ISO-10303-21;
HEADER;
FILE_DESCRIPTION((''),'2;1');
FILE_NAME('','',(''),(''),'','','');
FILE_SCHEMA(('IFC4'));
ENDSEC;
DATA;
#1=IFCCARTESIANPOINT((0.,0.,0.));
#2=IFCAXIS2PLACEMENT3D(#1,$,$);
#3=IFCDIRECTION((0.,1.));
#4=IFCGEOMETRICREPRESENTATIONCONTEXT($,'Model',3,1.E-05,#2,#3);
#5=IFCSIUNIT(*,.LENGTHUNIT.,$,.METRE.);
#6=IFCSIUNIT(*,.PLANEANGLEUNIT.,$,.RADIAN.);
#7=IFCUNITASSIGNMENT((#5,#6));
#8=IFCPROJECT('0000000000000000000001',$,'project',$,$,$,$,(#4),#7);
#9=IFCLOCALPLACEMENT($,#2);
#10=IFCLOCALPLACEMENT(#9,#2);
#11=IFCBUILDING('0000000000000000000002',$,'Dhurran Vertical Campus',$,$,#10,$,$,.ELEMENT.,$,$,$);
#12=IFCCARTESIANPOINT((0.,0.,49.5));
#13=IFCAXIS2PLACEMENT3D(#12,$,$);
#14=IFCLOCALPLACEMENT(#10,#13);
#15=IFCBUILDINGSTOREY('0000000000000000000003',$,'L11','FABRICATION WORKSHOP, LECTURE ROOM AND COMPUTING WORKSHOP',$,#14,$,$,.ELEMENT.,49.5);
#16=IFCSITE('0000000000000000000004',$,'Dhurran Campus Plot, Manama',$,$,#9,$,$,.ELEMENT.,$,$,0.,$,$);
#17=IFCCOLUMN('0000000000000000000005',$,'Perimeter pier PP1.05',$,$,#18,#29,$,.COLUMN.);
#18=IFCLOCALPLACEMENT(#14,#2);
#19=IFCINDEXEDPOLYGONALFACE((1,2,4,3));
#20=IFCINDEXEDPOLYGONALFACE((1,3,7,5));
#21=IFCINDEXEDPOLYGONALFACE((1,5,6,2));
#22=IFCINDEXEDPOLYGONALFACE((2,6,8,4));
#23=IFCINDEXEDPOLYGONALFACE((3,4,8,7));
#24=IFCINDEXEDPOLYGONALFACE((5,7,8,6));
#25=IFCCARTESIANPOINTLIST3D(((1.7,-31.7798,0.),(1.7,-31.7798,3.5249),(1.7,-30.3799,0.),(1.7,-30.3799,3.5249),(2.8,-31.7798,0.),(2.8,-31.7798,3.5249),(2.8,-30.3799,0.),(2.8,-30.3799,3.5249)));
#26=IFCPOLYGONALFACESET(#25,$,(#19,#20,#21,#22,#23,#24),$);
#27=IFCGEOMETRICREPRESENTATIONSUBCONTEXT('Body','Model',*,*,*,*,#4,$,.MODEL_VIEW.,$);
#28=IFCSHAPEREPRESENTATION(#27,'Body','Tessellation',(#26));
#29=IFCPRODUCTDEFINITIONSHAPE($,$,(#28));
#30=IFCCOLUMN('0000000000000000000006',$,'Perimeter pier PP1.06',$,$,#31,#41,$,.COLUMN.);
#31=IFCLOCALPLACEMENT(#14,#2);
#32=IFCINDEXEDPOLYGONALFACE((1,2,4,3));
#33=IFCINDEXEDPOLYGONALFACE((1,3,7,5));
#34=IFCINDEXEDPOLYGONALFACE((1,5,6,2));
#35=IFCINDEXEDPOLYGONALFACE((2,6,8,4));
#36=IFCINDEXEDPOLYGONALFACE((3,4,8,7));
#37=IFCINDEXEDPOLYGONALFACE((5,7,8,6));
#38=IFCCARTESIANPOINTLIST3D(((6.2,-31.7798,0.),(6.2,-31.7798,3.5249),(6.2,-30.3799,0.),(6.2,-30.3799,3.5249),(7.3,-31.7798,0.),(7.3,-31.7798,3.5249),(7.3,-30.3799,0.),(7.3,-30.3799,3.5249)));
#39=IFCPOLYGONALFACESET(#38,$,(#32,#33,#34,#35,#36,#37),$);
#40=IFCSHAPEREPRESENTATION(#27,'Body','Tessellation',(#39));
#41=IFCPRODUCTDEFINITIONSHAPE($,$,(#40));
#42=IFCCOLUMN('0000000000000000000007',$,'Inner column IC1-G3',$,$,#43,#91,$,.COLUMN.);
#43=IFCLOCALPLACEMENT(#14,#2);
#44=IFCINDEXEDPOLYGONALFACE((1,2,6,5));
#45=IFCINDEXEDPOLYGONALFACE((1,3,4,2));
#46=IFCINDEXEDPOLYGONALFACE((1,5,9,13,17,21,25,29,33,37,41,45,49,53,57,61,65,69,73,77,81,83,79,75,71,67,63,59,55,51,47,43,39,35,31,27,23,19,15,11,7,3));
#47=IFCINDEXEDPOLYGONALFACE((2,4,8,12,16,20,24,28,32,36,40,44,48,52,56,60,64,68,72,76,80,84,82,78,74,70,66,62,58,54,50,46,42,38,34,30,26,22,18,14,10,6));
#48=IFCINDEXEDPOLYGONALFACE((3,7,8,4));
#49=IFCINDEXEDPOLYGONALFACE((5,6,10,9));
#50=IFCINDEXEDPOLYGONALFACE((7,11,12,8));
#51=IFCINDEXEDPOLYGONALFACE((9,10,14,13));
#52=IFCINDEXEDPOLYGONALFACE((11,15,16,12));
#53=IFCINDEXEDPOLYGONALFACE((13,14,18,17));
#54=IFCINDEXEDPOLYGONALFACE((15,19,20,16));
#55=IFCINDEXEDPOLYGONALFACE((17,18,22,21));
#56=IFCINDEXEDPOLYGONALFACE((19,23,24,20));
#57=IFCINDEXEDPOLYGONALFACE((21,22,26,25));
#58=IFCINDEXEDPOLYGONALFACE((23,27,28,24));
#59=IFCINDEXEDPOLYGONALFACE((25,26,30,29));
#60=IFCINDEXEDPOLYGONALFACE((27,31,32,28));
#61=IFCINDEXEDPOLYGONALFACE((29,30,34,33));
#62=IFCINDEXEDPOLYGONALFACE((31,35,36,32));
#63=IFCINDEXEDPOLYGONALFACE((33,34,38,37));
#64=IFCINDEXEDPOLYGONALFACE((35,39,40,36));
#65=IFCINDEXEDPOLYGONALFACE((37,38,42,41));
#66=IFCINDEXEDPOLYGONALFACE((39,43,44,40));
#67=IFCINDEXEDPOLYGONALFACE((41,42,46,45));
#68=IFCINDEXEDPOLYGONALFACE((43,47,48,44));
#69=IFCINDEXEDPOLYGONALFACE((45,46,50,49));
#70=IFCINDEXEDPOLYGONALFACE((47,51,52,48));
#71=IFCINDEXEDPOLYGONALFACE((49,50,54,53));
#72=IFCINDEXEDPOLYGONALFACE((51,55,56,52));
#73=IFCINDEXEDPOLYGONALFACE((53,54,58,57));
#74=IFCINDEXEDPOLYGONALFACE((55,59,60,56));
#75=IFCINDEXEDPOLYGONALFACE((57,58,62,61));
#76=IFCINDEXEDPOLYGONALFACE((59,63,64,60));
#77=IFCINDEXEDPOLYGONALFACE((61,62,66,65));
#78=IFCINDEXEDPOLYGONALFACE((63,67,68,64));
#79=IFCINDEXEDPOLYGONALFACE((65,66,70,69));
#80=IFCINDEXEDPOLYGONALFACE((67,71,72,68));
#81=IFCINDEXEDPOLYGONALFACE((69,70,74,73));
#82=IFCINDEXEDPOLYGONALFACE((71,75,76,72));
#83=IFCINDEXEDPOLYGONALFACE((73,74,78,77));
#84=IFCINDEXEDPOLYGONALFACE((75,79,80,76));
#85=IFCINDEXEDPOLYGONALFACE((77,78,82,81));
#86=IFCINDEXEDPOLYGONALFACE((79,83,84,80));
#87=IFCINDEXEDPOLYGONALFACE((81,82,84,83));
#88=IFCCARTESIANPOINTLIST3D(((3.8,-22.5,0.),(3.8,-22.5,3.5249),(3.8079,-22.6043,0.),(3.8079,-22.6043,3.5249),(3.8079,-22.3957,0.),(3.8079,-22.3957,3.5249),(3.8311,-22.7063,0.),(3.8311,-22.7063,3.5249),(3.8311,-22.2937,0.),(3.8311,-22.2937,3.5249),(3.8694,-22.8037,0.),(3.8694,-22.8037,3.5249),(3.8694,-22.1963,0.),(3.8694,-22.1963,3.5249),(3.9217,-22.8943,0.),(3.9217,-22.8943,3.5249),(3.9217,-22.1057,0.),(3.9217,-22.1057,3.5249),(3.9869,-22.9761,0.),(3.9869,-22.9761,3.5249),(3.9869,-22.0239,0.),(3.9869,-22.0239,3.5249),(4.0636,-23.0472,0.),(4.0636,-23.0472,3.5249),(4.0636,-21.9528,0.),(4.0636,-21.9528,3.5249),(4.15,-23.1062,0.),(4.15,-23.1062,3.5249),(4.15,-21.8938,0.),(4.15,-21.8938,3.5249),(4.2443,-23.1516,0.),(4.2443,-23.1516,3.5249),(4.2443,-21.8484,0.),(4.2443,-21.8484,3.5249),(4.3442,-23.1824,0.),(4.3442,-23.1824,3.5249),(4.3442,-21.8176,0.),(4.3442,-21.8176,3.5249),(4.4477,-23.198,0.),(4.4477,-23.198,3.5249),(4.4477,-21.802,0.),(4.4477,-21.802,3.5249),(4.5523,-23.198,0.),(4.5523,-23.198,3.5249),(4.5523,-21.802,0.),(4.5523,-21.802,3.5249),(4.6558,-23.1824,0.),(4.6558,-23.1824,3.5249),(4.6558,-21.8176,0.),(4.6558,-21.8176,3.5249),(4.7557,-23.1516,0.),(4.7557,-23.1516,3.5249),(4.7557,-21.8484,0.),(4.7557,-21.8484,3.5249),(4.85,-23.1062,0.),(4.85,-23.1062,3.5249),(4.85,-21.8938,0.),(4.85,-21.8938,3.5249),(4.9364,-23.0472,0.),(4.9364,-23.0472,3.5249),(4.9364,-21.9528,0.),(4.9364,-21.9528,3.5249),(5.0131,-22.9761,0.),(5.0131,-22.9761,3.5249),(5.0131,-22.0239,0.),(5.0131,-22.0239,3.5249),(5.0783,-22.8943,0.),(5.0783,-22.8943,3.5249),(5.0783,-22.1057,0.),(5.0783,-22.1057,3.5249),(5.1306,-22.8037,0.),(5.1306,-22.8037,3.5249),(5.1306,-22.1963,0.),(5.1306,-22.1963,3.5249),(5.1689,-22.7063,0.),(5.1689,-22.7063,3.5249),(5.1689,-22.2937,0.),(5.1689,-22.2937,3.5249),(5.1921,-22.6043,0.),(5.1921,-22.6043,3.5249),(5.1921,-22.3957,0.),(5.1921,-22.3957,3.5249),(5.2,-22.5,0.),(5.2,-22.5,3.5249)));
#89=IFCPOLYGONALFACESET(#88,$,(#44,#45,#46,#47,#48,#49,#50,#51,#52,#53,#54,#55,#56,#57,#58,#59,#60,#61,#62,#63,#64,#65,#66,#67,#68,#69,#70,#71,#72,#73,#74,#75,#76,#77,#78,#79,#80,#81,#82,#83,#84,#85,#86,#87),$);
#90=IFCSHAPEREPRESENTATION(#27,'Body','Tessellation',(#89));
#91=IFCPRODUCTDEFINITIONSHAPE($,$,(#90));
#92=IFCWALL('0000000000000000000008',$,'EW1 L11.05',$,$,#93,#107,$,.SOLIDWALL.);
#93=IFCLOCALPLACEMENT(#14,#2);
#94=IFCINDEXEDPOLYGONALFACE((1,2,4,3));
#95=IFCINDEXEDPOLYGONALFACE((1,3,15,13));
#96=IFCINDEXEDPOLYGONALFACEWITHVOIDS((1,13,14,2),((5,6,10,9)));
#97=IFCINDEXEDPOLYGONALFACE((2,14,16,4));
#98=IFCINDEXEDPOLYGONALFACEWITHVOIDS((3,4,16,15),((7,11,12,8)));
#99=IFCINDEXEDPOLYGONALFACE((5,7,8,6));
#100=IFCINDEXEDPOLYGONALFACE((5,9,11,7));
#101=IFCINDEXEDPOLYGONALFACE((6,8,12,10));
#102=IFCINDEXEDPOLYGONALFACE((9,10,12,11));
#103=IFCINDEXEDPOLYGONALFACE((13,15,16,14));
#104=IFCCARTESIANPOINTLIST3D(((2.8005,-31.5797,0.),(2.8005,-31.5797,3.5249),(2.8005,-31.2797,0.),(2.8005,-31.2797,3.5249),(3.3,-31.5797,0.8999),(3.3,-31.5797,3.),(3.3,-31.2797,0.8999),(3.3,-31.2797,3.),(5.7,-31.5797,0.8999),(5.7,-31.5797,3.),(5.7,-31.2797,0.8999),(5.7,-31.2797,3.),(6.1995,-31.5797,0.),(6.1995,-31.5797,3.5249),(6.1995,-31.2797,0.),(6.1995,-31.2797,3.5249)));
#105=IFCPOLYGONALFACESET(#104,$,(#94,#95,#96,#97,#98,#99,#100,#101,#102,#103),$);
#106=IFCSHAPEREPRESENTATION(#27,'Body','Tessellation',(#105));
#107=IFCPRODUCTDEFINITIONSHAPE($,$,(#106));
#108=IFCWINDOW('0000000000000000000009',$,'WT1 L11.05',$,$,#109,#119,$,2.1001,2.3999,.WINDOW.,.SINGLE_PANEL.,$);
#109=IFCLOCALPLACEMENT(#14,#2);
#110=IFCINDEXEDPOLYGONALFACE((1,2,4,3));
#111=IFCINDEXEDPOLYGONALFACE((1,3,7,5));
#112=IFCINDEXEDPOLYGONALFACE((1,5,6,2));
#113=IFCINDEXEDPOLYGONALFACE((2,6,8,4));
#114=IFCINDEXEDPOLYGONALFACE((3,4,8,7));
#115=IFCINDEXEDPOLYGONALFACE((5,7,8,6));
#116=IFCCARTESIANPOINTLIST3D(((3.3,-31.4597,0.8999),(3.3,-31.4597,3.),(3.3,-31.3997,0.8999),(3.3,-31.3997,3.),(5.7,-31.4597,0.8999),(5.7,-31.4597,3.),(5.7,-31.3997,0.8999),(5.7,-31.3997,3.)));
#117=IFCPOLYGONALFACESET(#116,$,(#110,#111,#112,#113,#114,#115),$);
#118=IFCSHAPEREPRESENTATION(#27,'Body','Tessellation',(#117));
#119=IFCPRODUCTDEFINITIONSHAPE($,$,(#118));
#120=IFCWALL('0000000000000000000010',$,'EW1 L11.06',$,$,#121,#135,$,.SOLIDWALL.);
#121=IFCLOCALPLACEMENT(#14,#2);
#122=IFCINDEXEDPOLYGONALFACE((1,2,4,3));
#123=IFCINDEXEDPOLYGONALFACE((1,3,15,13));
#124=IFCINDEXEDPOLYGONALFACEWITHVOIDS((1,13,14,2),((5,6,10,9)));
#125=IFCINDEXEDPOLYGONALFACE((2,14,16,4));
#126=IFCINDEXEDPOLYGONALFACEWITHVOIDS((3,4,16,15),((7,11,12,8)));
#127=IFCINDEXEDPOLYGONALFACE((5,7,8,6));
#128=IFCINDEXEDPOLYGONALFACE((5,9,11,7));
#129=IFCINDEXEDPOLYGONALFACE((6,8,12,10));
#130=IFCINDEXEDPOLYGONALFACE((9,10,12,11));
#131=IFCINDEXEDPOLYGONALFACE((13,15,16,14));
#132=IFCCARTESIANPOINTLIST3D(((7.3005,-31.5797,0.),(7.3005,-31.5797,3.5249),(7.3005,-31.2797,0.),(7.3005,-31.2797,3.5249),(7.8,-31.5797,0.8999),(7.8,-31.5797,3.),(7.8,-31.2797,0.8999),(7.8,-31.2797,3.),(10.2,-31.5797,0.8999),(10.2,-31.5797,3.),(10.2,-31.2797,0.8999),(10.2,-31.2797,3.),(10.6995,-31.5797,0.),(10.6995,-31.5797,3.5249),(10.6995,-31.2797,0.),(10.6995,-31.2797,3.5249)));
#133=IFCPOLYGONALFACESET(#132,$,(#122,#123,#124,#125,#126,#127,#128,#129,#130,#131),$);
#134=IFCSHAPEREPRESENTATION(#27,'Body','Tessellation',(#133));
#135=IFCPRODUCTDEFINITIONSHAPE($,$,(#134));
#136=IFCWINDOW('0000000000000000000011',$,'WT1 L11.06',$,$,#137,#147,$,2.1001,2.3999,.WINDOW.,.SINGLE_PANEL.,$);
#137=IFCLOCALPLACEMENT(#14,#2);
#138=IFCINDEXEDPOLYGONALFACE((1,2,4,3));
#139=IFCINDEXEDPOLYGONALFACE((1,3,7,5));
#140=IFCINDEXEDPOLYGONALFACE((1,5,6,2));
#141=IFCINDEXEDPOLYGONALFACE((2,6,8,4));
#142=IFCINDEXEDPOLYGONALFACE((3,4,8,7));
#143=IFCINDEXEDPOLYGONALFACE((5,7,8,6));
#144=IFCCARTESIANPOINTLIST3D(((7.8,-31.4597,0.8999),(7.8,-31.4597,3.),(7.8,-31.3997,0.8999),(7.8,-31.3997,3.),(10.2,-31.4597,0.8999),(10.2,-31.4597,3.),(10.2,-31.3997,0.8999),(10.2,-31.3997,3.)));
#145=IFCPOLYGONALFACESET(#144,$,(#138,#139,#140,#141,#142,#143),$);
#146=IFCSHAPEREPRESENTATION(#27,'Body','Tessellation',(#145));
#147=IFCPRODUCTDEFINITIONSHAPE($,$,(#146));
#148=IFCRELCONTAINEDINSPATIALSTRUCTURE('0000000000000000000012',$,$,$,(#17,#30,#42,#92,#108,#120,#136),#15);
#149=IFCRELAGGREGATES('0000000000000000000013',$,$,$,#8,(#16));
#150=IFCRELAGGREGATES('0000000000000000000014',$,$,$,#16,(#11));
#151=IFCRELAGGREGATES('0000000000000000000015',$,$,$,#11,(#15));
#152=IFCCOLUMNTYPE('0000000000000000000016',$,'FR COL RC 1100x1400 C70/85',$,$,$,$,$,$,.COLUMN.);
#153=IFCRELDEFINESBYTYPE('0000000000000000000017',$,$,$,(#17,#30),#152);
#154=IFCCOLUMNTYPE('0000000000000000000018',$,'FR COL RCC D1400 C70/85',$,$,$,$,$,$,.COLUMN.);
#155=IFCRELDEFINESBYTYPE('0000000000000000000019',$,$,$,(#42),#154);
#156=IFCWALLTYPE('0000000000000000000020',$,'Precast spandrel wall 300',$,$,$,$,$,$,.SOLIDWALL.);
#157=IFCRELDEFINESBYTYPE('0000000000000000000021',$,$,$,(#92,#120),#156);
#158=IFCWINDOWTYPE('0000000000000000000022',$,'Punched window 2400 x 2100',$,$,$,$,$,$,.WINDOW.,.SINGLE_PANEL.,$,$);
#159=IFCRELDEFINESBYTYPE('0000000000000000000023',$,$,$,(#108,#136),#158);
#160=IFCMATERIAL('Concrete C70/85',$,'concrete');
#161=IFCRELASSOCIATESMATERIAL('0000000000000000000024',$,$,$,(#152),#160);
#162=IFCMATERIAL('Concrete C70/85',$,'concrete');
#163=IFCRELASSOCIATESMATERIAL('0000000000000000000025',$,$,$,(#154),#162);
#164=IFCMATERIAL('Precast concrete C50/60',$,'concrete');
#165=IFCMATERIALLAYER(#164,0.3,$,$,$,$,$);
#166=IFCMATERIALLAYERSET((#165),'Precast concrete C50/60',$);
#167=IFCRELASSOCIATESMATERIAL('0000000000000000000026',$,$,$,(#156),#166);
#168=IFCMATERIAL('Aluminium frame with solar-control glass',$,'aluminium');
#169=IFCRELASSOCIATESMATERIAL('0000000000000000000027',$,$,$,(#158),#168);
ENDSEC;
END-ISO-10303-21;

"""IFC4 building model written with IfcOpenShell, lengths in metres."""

from ifc_helpers import new_model, si_unit, direction, frame, frame_2d, origin, origin_2d, place, context, subcontext, project, spatial, rectangle, circle, extrude, material, layer, layer_set, material_profile, profile_set, type_object, element, fill, save


model = new_model("IFC4")

# Units and contexts
model_context = context("Model", 3, precision=1e-05, world=origin(), true_north=direction((0.0, 1.0)))
body_context = subcontext(model_context, "Body", "Model", "MODEL_VIEW")
ifc_project = project(units=[si_unit("LENGTHUNIT", "METRE"), si_unit("PLANEANGLEUNIT", "RADIAN")], contexts=[model_context])

# Site, building, storey
site_placement = place(None, origin())
site = spatial("IfcSite", under=ifc_project, at=site_placement, Name="Dhurran Campus Plot, Manama", CompositionType="ELEMENT", RefElevation=0.0)
building_placement = place(site_placement, origin())
building = spatial("IfcBuilding", under=site, at=building_placement, Name="Dhurran Vertical Campus", CompositionType="ELEMENT")
storey_placement = place(building_placement, frame((0.0, 0.0, 49.5)))
storey = spatial("IfcBuildingStorey", under=building, at=storey_placement, Name="L11", Description="FABRICATION WORKSHOP, LECTURE ROOM AND COMPUTING WORKSHOP", CompositionType="ELEMENT", Elevation=49.5)

# Columns
ifc_material_1 = material(Name="Concrete C70/85", Category="concrete")
ifc_material_profile_1 = material_profile(ifc_material_1, rectangle(XDim=1.1001, YDim=1.3999, at=origin_2d()), Name="RC 1100x1400")
ifc_profile_set_1 = profile_set([ifc_material_profile_1], Name="Concrete C70/85")
column_type_1 = type_object("IfcColumnType", Name="FR COL RC 1100x1400 C70/85", PredefinedType="COLUMN", material=ifc_profile_set_1)
for number, where, z_axis, x_axis, name in (
    (1, (2.25, -31.0798, 0.0), (0.0, 0.0, 1.0), (1.0, 0.0, 0.0), "Perimeter pier PP1.05"),
    (2, (6.75, -31.0798, 0.0), (0.0, 0.0, 1.0), (1.0, 0.0, 0.0), "Perimeter pier PP1.06"),
):
    element("IfcColumn", number, at=place(storey_placement, frame(where, z_axis=z_axis, x_axis=x_axis)), inside=storey, type_object=column_type_1, Name=name, PredefinedType="COLUMN", context=body_context, shape_type="SweptSolid", body=[
        extrude(rectangle(XDim=1.1001, YDim=1.3999, at=origin_2d()), origin(), (0.0, 0.0, 1.0), 3.5249),
    ])
ifc_material_2 = material(Name="Concrete C70/85", Category="concrete")
ifc_material_profile_2 = material_profile(ifc_material_2, circle(Radius=0.7, at=origin_2d()), Name="RCC D1400")
ifc_profile_set_2 = profile_set([ifc_material_profile_2], Name="Concrete C70/85")
column_type_2 = type_object("IfcColumnType", Name="FR COL RCC D1400 C70/85", PredefinedType="COLUMN", material=ifc_profile_set_2)
column_placement = place(storey_placement, frame((4.5, -22.5, 0.0), z_axis=(0.0, 0.0, 1.0), x_axis=(1.0, 0.0, 0.0)))
element("IfcColumn", 3, at=column_placement, inside=storey, type_object=column_type_2, Name="Inner column IC1-G3", PredefinedType="COLUMN", context=body_context, shape_type="SweptSolid", body=[
    extrude(circle(Radius=0.7, at=origin_2d()), origin(), (0.0, 0.0, 1.0), 3.5249),
])

# Walls, openings, windows
ifc_material_3 = material(Name="Precast concrete C50/60", Category="concrete")
ifc_layer_1 = layer(ifc_material_3, 0.3)
ifc_layer_set_1 = layer_set([ifc_layer_1], Name="Precast concrete C50/60")
wall_type_1 = type_object("IfcWallType", Name="Precast spandrel wall 300", PredefinedType="SOLIDWALL", material=ifc_layer_set_1)
wall_1_placement = place(storey_placement, frame((2.8005, -31.4297, 0.0), z_axis=(0.0, 0.0, 1.0), x_axis=(1.0, 0.0, 0.0)))
wall_1 = element("IfcWall", 4, at=wall_1_placement, inside=storey, type_object=wall_type_1, Name="EW1 L11.05", PredefinedType="SOLIDWALL", context=body_context, shape_type="SweptSolid", body=[
    extrude(rectangle(XDim=3.3989, YDim=0.3, at=frame_2d((1.6995, 0.0))), origin(), (0.0, 0.0, 1.0), 3.5249),
])
opening_1_placement = place(wall_1_placement, frame((0.4995, 0.0, 0.8999)))
opening_1 = element("IfcOpeningElement", 5, at=opening_1_placement, cuts=wall_1, PredefinedType="OPENING", context=body_context, shape_type="SweptSolid", body=[
    extrude(rectangle(XDim=2.3999, YDim=2.1001, at=frame_2d((1.2, 1.05))), frame((0.0, 0.1599, 0.0), z_axis=(0.0, -1.0, 0.0), x_axis=(1.0, 0.0, 0.0)), (0.0, 0.0, 1.0), 0.3201),
])
ifc_material_4 = material(Name="Aluminium frame with solar-control glass", Category="aluminium")
window_type = type_object("IfcWindowType", Name="Punched window 2400 x 2100", PartitioningType="SINGLE_PANEL", PredefinedType="WINDOW", material=ifc_material_4)
window_1_placement = place(opening_1_placement, origin())
window_1 = element("IfcWindow", 6, at=window_1_placement, inside=storey, type_object=window_type, Name="WT1 L11.05", OverallHeight=2.1001, OverallWidth=2.3999, PartitioningType="SINGLE_PANEL", PredefinedType="WINDOW", context=body_context, shape_type="SweptSolid", body=[
    extrude(rectangle(XDim=2.3999, YDim=2.1001, at=frame_2d((1.2, 1.05))), frame((0.0, 0.03, 0.0), z_axis=(0.0, -1.0, 0.0), x_axis=(1.0, 0.0, 0.0)), (0.0, 0.0, 1.0), 0.0601),
])
fill(opening_1, window_1)
wall_2_placement = place(storey_placement, frame((7.3005, -31.4297, 0.0), z_axis=(0.0, 0.0, 1.0), x_axis=(1.0, 0.0, 0.0)))
wall_2 = element("IfcWall", 7, at=wall_2_placement, inside=storey, type_object=wall_type_1, Name="EW1 L11.06", PredefinedType="SOLIDWALL", context=body_context, shape_type="SweptSolid", body=[
    extrude(rectangle(XDim=3.3989, YDim=0.3, at=frame_2d((1.6995, 0.0))), origin(), (0.0, 0.0, 1.0), 3.5249),
])
opening_2_placement = place(wall_2_placement, frame((0.4995, 0.0, 0.8999)))
opening_2 = element("IfcOpeningElement", 8, at=opening_2_placement, cuts=wall_2, PredefinedType="OPENING", context=body_context, shape_type="SweptSolid", body=[
    extrude(rectangle(XDim=2.3999, YDim=2.1001, at=frame_2d((1.2, 1.05))), frame((0.0, 0.1599, 0.0), z_axis=(0.0, -1.0, 0.0), x_axis=(1.0, 0.0, 0.0)), (0.0, 0.0, 1.0), 0.3201),
])
window_2_placement = place(opening_2_placement, origin())
window_2 = element("IfcWindow", 9, at=window_2_placement, inside=storey, type_object=window_type, Name="WT1 L11.06", OverallHeight=2.1001, OverallWidth=2.3999, PartitioningType="SINGLE_PANEL", PredefinedType="WINDOW", context=body_context, shape_type="SweptSolid", body=[
    extrude(rectangle(XDim=2.3999, YDim=2.1001, at=frame_2d((1.2, 1.05))), frame((0.0, 0.03, 0.0), z_axis=(0.0, -1.0, 0.0), x_axis=(1.0, 0.0, 0.0)), (0.0, 0.0, 1.0), 0.0601),
])
fill(opening_2, window_2)

save(model, "model.ifc")
